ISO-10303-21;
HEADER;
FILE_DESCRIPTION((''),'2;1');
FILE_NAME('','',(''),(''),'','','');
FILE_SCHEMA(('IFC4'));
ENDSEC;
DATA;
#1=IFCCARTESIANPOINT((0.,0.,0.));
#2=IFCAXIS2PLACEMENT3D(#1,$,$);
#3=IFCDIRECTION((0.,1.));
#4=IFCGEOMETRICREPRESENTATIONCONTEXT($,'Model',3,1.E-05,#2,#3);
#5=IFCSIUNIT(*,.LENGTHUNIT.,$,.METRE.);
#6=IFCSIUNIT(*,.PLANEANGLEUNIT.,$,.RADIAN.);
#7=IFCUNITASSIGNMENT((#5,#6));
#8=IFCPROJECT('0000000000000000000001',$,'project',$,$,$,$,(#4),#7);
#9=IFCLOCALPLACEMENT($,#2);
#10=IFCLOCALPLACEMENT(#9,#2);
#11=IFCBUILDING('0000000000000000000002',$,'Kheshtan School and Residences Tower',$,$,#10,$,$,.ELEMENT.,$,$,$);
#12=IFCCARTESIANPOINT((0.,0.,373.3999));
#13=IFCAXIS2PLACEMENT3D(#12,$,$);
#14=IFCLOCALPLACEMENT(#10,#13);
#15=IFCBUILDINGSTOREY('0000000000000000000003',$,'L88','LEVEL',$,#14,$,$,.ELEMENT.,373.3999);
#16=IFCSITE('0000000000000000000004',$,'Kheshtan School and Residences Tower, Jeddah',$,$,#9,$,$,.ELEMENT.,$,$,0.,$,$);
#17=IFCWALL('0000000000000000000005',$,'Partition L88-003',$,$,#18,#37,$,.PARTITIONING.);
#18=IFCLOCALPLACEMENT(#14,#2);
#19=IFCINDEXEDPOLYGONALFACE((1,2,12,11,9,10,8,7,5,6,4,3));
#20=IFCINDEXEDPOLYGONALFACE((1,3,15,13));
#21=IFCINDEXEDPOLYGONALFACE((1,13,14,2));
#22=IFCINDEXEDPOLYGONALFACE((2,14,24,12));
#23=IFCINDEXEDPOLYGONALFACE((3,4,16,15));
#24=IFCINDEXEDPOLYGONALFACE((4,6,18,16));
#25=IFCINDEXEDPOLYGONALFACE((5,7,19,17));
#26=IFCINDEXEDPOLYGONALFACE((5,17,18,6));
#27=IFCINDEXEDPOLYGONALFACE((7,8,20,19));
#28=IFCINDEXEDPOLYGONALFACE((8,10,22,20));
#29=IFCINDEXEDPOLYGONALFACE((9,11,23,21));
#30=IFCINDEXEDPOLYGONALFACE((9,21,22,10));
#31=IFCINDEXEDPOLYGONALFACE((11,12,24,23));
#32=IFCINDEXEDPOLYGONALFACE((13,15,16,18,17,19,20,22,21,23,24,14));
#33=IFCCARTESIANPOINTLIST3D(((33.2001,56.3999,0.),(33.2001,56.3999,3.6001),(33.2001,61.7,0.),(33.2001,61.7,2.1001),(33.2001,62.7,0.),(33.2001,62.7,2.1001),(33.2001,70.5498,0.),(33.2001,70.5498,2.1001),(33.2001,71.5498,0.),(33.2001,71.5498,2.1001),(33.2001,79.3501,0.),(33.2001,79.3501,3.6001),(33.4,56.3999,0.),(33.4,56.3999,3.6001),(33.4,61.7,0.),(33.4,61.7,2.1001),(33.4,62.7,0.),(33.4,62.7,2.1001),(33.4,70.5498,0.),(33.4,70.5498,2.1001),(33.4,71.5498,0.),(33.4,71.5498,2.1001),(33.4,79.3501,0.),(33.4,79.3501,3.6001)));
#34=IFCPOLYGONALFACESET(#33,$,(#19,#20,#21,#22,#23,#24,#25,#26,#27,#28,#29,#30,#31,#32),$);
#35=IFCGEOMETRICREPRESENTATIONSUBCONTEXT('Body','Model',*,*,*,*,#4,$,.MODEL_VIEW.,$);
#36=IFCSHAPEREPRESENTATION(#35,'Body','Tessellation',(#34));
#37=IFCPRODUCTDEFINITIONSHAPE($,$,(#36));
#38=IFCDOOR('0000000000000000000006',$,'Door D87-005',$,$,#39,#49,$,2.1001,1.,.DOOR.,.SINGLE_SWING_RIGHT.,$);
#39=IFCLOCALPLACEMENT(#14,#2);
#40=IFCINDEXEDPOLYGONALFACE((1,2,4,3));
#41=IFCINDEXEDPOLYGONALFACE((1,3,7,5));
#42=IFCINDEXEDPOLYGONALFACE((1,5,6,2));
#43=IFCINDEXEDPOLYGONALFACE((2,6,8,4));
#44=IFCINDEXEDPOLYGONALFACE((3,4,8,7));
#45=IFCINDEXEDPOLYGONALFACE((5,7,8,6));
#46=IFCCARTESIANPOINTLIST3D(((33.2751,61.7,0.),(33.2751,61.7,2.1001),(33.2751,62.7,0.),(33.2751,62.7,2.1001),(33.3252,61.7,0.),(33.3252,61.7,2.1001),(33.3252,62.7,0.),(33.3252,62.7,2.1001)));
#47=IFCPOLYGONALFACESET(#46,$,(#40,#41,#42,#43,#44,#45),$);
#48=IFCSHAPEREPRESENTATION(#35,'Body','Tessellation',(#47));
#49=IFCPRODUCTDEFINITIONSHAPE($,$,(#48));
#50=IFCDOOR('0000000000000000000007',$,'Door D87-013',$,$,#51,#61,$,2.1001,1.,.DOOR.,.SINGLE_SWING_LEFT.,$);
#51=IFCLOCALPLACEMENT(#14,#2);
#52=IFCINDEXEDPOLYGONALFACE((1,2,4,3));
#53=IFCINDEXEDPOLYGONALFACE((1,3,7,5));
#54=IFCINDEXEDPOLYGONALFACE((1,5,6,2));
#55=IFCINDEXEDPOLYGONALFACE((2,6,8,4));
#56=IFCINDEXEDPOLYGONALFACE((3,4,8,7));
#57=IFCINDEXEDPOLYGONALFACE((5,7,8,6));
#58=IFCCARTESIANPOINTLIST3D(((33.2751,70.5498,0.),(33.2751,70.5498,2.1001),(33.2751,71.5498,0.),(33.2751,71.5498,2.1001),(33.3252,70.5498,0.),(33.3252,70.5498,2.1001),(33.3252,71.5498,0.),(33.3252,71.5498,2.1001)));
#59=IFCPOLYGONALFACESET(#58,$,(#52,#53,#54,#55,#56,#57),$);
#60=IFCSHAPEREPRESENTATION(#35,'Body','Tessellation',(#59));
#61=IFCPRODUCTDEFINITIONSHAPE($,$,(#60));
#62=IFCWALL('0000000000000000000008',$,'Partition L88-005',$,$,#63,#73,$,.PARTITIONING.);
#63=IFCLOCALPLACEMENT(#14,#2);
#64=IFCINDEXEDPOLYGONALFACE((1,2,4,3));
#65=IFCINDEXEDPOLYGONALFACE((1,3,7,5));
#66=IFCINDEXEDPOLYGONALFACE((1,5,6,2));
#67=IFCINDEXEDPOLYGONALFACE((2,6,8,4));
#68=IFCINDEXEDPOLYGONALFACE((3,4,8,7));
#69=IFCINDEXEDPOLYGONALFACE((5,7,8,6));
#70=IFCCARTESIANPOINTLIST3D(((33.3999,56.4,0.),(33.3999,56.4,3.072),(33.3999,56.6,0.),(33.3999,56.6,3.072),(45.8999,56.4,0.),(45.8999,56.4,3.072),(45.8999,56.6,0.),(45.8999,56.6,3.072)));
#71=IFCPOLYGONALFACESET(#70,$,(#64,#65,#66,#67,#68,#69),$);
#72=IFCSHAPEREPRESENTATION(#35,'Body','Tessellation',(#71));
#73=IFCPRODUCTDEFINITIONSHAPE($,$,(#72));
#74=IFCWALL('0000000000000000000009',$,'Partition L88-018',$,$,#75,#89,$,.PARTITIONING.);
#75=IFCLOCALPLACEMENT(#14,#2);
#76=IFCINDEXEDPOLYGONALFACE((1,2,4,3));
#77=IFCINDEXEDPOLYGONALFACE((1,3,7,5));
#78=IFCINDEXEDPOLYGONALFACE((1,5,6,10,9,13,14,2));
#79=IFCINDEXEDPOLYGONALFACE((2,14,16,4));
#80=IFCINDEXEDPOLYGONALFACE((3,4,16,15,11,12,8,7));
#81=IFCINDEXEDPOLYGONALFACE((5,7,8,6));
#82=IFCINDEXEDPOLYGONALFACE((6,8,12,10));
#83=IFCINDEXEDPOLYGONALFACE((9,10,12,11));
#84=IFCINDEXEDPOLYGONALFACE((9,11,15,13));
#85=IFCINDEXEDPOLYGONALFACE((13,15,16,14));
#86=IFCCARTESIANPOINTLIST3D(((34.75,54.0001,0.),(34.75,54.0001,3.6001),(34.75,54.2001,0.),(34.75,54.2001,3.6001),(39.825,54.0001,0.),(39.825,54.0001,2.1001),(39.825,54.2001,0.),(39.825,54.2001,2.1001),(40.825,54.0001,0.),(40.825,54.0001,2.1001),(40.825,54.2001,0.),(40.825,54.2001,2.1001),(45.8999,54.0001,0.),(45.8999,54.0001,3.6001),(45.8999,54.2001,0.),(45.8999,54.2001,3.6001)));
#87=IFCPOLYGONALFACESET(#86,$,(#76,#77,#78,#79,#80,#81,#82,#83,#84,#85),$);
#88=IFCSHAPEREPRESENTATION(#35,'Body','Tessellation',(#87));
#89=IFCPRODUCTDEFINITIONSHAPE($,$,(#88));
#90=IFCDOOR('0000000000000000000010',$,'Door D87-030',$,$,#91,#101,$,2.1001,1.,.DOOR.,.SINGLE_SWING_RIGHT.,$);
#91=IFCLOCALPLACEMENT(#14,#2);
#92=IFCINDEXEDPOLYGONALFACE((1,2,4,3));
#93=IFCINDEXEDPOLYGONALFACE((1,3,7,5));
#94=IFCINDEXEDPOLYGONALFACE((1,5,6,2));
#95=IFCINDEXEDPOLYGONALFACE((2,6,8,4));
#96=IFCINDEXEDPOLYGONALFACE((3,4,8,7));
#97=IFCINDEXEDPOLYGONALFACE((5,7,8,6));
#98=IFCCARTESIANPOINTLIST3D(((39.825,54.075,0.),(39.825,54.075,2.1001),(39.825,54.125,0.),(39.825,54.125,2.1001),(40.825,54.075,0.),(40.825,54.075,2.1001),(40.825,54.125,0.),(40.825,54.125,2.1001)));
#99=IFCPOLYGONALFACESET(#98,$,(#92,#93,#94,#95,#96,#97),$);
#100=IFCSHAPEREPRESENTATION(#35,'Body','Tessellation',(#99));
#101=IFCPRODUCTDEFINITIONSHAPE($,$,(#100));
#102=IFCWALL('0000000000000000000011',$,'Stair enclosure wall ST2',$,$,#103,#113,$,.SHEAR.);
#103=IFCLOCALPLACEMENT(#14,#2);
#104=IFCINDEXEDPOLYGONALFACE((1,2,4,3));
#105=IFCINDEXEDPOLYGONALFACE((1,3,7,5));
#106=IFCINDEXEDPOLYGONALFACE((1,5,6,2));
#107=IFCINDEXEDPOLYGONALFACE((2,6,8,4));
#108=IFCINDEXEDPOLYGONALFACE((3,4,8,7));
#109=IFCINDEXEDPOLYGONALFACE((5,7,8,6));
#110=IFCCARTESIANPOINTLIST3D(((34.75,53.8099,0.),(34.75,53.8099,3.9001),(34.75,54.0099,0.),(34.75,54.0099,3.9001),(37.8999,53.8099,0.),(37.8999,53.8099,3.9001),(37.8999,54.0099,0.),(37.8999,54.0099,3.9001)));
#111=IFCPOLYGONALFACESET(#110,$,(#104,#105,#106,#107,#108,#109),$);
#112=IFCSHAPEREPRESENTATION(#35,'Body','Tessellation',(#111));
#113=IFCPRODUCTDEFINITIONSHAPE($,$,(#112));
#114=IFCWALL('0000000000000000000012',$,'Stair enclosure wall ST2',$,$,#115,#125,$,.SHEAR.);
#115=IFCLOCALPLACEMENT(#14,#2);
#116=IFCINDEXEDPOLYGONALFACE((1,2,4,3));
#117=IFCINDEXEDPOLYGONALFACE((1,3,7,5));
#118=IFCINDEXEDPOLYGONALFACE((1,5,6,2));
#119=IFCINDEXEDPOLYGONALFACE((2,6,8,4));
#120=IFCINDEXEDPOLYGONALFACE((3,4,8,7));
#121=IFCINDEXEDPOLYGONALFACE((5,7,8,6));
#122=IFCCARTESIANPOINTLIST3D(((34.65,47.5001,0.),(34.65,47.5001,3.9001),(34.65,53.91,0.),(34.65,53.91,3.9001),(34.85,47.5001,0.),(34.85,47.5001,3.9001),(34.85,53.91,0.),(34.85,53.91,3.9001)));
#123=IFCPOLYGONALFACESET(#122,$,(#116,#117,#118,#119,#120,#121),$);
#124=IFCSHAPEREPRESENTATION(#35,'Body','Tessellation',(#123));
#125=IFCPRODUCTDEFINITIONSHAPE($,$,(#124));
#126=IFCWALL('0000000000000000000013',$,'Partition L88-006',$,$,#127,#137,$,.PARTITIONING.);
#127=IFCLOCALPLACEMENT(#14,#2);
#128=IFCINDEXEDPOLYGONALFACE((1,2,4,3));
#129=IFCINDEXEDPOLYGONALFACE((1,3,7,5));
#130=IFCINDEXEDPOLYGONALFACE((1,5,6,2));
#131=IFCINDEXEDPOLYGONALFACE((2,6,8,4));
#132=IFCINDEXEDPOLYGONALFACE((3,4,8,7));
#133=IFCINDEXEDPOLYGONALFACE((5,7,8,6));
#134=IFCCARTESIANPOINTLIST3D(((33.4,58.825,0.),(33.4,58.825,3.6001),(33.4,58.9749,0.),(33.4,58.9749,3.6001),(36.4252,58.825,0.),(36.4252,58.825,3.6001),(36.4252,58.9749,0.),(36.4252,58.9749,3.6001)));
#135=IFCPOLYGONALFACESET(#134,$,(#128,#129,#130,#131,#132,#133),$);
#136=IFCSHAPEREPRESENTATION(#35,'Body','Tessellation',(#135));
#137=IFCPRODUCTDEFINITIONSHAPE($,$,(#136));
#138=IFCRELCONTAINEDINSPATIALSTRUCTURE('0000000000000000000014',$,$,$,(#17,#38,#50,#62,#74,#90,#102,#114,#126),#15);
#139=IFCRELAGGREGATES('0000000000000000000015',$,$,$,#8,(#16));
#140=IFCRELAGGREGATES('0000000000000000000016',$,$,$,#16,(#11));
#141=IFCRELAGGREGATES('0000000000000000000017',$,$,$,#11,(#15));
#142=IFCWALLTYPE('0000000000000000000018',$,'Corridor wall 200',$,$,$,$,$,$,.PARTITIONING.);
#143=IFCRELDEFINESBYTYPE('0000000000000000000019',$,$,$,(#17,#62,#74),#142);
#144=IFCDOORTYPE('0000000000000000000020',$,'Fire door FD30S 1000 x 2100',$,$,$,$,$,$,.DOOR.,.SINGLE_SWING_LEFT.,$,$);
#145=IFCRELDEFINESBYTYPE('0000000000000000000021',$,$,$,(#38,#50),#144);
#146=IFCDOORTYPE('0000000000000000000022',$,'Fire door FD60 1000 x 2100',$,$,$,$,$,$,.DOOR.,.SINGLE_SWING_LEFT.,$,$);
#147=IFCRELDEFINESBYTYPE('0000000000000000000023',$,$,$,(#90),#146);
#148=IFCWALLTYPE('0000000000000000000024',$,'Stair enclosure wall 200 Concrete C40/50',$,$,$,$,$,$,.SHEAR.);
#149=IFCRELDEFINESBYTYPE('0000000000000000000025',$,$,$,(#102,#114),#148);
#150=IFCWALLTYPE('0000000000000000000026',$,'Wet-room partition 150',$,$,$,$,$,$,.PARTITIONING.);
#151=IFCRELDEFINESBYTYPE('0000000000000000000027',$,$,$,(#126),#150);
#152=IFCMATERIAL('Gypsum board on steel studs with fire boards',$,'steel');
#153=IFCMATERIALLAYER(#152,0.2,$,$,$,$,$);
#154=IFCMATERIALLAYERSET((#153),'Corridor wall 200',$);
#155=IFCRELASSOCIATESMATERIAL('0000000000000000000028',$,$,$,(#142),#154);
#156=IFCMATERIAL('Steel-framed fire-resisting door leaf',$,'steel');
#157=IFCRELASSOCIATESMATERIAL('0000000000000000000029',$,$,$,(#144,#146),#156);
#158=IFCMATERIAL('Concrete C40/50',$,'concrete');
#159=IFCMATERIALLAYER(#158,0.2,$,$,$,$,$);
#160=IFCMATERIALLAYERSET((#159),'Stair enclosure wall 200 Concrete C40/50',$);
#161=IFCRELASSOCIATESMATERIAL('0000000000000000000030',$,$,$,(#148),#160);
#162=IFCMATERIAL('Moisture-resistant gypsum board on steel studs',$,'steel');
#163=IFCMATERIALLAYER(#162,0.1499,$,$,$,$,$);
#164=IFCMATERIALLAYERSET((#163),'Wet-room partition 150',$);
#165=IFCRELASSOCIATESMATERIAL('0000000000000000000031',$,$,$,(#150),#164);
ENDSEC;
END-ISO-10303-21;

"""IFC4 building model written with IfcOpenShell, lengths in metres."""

from ifc_helpers import new_model, si_unit, direction, frame, frame_2d, origin, place, context, subcontext, project, spatial, rectangle, extrude, source, transform, mapped, material, layer, layer_set, type_object, element, fill, save


model = new_model("IFC4")

# Units and contexts
model_context = context("Model", 3, precision=1e-05, world=origin(), true_north=direction((0.0, 1.0)))
body_context = subcontext(model_context, "Body", "Model", "MODEL_VIEW")
ifc_project = project(units=[si_unit("LENGTHUNIT", "METRE"), si_unit("PLANEANGLEUNIT", "RADIAN")], contexts=[model_context])

# Site, building, storey
site_placement = place(None, origin())
site = spatial("IfcSite", under=ifc_project, at=site_placement, Name="Kheshtan School and Residences Tower, Jeddah", CompositionType="ELEMENT", RefElevation=0.0)
building_placement = place(site_placement, origin())
building = spatial("IfcBuilding", under=site, at=building_placement, Name="Kheshtan School and Residences Tower", CompositionType="ELEMENT")
storey_placement = place(building_placement, frame((0.0, 0.0, 373.3999)))
storey = spatial("IfcBuildingStorey", under=building, at=storey_placement, Name="L88", Description="LEVEL", CompositionType="ELEMENT", Elevation=373.3999)

# Wall, openings, doors
ifc_material_1 = material(Name="Gypsum board on steel studs with fire boards", Category="steel")
ifc_layer_1 = layer(ifc_material_1, 0.2)
ifc_layer_set_1 = layer_set([ifc_layer_1], Name="Corridor wall 200")
wall_type_1 = type_object("IfcWallType", Name="Corridor wall 200", PredefinedType="PARTITIONING", material=ifc_layer_set_1)
wall_1_placement = place(storey_placement, frame((33.3, 56.3999, 0.0), z_axis=(0.0, 0.0, 1.0), x_axis=(0.0, 1.0, 0.0)))
wall_1 = element("IfcWall", 1, at=wall_1_placement, inside=storey, type_object=wall_type_1, Name="Partition L88-003", PredefinedType="PARTITIONING", context=body_context, shape_type="SweptSolid", body=[
    extrude(rectangle(XDim=22.9502, YDim=0.2, at=frame_2d((11.4751, 0.0))), origin(), (0.0, 0.0, 1.0), 3.6001),
])
opening_1_placement = place(wall_1_placement, frame((5.3, 0.0, 0.0)))
opening_1 = element("IfcOpeningElement", 2, at=opening_1_placement, cuts=wall_1, PredefinedType="OPENING", context=body_context, shape_type="SweptSolid", body=[
    extrude(rectangle(XDim=1.0, YDim=2.1001, at=frame_2d((0.5, 1.05))), frame((0.0, 0.1099, 0.0), z_axis=(0.0, -1.0, 0.0), x_axis=(1.0, 0.0, 0.0)), (0.0, 0.0, 1.0), 0.22),
])
opening_2_placement = place(wall_1_placement, frame((14.1499, 0.0, 0.0)))
opening_2 = element("IfcOpeningElement", 3, at=opening_2_placement, cuts=wall_1, PredefinedType="OPENING", context=body_context, shape_type="SweptSolid", body=[
    extrude(rectangle(XDim=1.0, YDim=2.1001, at=frame_2d((0.5, 1.05))), frame((0.0, 0.1099, 0.0), z_axis=(0.0, -1.0, 0.0), x_axis=(1.0, 0.0, 0.0)), (0.0, 0.0, 1.0), 0.22),
])
ifc_material_2 = material(Name="Steel-framed fire-resisting door leaf", Category="steel")
door_type_1 = type_object("IfcDoorType", Name="Fire door FD30S 1000 x 2100", OperationType="SINGLE_SWING_LEFT", PredefinedType="DOOR", material=ifc_material_2)
shared_shape_1 = source(origin(), body_context, "Body", "SweptSolid", [
    extrude(rectangle(XDim=1.0, YDim=2.1001, at=frame_2d((0.5, 1.05))), frame((0.0, 0.0249, 0.0), z_axis=(0.0, -1.0, 0.0), x_axis=(1.0, 0.0, 0.0)), (0.0, 0.0, 1.0), 0.05),
])
door_1_placement = place(opening_1_placement, origin())
door_1 = element("IfcDoor", 4, at=door_1_placement, inside=storey, type_object=door_type_1, Name="Door D87-005", OperationType="SINGLE_SWING_RIGHT", OverallHeight=2.1001, OverallWidth=1.0, PredefinedType="DOOR", context=body_context, shape_type="MappedRepresentation", body=[
    mapped(shared_shape_1, transform((0.0, 0.0, 0.0), x_axis=(1.0, 0.0, 0.0), y_axis=(0.0, 1.0, 0.0), z_axis=(0.0, 0.0, 1.0), scale=1.0)),
])
fill(opening_1, door_1)
door_2_placement = place(opening_2_placement, origin())
door_2 = element("IfcDoor", 5, at=door_2_placement, inside=storey, type_object=door_type_1, Name="Door D87-013", OperationType="SINGLE_SWING_LEFT", OverallHeight=2.1001, OverallWidth=1.0, PredefinedType="DOOR", context=body_context, shape_type="MappedRepresentation", body=[
    mapped(shared_shape_1, transform((0.0, 0.0, 0.0), x_axis=(1.0, 0.0, 0.0), y_axis=(0.0, 1.0, 0.0), z_axis=(0.0, 0.0, 1.0), scale=1.0)),
])
fill(opening_2, door_2)

# Wall
wall_2_placement = place(storey_placement, frame((33.3999, 56.5, 0.0), z_axis=(0.0, 0.0, 1.0), x_axis=(1.0, 0.0, 0.0)))
element("IfcWall", 6, at=wall_2_placement, inside=storey, type_object=wall_type_1, Name="Partition L88-005", PredefinedType="PARTITIONING", context=body_context, shape_type="SweptSolid", body=[
    extrude(rectangle(XDim=12.5, YDim=0.2, at=frame_2d((6.25, 0.0))), origin(), (0.0, 0.0, 1.0), 3.072),
])

# Wall, opening, door
wall_3_placement = place(storey_placement, frame((34.75, 54.1001, 0.0), z_axis=(0.0, 0.0, 1.0), x_axis=(1.0, 0.0, 0.0)))
wall_3 = element("IfcWall", 7, at=wall_3_placement, inside=storey, type_object=wall_type_1, Name="Partition L88-018", PredefinedType="PARTITIONING", context=body_context, shape_type="SweptSolid", body=[
    extrude(rectangle(XDim=11.1499, YDim=0.2, at=frame_2d((5.575, 0.0))), origin(), (0.0, 0.0, 1.0), 3.6001),
])
opening_3_placement = place(wall_3_placement, frame((5.075, 0.0, 0.0)))
opening_3 = element("IfcOpeningElement", 8, at=opening_3_placement, cuts=wall_3, PredefinedType="OPENING", context=body_context, shape_type="SweptSolid", body=[
    extrude(rectangle(XDim=1.0, YDim=2.1001, at=frame_2d((0.5, 1.05))), frame((0.0, 0.1099, 0.0), z_axis=(0.0, -1.0, 0.0), x_axis=(1.0, 0.0, 0.0)), (0.0, 0.0, 1.0), 0.22),
])
door_type_2 = type_object("IfcDoorType", Name="Fire door FD60 1000 x 2100", OperationType="SINGLE_SWING_LEFT", PredefinedType="DOOR", material=ifc_material_2)
shared_shape_2 = source(origin(), body_context, "Body", "SweptSolid", [
    extrude(rectangle(XDim=1.0, YDim=2.1001, at=frame_2d((0.5, 1.05))), frame((0.0, 0.0249, 0.0), z_axis=(0.0, -1.0, 0.0), x_axis=(1.0, 0.0, 0.0)), (0.0, 0.0, 1.0), 0.05),
])
door_3_placement = place(opening_3_placement, origin())
door_3 = element("IfcDoor", 9, at=door_3_placement, inside=storey, type_object=door_type_2, Name="Door D87-030", OperationType="SINGLE_SWING_RIGHT", OverallHeight=2.1001, OverallWidth=1.0, PredefinedType="DOOR", context=body_context, shape_type="MappedRepresentation", body=[
    mapped(shared_shape_2, transform((0.0, 0.0, 0.0), x_axis=(1.0, 0.0, 0.0), y_axis=(0.0, 1.0, 0.0), z_axis=(0.0, 0.0, 1.0), scale=1.0)),
])
fill(opening_3, door_3)

# Walls
ifc_material_3 = material(Name="Concrete C40/50", Category="concrete")
ifc_layer_2 = layer(ifc_material_3, 0.2)
ifc_layer_set_2 = layer_set([ifc_layer_2], Name="Stair enclosure wall 200 Concrete C40/50")
wall_type_2 = type_object("IfcWallType", Name="Stair enclosure wall 200 Concrete C40/50", PredefinedType="SHEAR", material=ifc_layer_set_2)
wall_4_placement = place(storey_placement, frame((34.75, 53.9099, 0.0), z_axis=(0.0, 0.0, 1.0), x_axis=(1.0, 0.0, 0.0)))
element("IfcWall", 10, at=wall_4_placement, inside=storey, type_object=wall_type_2, Name="Stair enclosure wall ST2", PredefinedType="SHEAR", context=body_context, shape_type="SweptSolid", body=[
    extrude(rectangle(XDim=3.1499, YDim=0.2, at=frame_2d((1.575, 0.0))), origin(), (0.0, 0.0, 1.0), 3.9001),
])
wall_5_placement = place(storey_placement, frame((34.75, 47.5, 0.0), z_axis=(0.0, 0.0, 1.0), x_axis=(0.0, 1.0, 0.0)))
element("IfcWall", 11, at=wall_5_placement, inside=storey, type_object=wall_type_2, Name="Stair enclosure wall ST2", PredefinedType="SHEAR", context=body_context, shape_type="SweptSolid", body=[
    extrude(rectangle(XDim=6.4099, YDim=0.2, at=frame_2d((3.2051, 0.0))), origin(), (0.0, 0.0, 1.0), 3.9001),
])
ifc_material_4 = material(Name="Moisture-resistant gypsum board on steel studs", Category="steel")
ifc_layer_3 = layer(ifc_material_4, 0.1499)
ifc_layer_set_3 = layer_set([ifc_layer_3], Name="Wet-room partition 150")
wall_type_3 = type_object("IfcWallType", Name="Wet-room partition 150", PredefinedType="PARTITIONING", material=ifc_layer_set_3)
wall_6_placement = place(storey_placement, frame((33.3999, 58.8999, 0.0), z_axis=(0.0, 0.0, 1.0), x_axis=(1.0, 0.0, 0.0)))
element("IfcWall", 12, at=wall_6_placement, inside=storey, type_object=wall_type_3, Name="Partition L88-006", PredefinedType="PARTITIONING", context=body_context, shape_type="SweptSolid", body=[
    extrude(rectangle(XDim=3.0251, YDim=0.1499, at=frame_2d((1.5127, 0.0))), origin(), (0.0, 0.0, 1.0), 3.6001),
])

save(model, "model.ifc")
